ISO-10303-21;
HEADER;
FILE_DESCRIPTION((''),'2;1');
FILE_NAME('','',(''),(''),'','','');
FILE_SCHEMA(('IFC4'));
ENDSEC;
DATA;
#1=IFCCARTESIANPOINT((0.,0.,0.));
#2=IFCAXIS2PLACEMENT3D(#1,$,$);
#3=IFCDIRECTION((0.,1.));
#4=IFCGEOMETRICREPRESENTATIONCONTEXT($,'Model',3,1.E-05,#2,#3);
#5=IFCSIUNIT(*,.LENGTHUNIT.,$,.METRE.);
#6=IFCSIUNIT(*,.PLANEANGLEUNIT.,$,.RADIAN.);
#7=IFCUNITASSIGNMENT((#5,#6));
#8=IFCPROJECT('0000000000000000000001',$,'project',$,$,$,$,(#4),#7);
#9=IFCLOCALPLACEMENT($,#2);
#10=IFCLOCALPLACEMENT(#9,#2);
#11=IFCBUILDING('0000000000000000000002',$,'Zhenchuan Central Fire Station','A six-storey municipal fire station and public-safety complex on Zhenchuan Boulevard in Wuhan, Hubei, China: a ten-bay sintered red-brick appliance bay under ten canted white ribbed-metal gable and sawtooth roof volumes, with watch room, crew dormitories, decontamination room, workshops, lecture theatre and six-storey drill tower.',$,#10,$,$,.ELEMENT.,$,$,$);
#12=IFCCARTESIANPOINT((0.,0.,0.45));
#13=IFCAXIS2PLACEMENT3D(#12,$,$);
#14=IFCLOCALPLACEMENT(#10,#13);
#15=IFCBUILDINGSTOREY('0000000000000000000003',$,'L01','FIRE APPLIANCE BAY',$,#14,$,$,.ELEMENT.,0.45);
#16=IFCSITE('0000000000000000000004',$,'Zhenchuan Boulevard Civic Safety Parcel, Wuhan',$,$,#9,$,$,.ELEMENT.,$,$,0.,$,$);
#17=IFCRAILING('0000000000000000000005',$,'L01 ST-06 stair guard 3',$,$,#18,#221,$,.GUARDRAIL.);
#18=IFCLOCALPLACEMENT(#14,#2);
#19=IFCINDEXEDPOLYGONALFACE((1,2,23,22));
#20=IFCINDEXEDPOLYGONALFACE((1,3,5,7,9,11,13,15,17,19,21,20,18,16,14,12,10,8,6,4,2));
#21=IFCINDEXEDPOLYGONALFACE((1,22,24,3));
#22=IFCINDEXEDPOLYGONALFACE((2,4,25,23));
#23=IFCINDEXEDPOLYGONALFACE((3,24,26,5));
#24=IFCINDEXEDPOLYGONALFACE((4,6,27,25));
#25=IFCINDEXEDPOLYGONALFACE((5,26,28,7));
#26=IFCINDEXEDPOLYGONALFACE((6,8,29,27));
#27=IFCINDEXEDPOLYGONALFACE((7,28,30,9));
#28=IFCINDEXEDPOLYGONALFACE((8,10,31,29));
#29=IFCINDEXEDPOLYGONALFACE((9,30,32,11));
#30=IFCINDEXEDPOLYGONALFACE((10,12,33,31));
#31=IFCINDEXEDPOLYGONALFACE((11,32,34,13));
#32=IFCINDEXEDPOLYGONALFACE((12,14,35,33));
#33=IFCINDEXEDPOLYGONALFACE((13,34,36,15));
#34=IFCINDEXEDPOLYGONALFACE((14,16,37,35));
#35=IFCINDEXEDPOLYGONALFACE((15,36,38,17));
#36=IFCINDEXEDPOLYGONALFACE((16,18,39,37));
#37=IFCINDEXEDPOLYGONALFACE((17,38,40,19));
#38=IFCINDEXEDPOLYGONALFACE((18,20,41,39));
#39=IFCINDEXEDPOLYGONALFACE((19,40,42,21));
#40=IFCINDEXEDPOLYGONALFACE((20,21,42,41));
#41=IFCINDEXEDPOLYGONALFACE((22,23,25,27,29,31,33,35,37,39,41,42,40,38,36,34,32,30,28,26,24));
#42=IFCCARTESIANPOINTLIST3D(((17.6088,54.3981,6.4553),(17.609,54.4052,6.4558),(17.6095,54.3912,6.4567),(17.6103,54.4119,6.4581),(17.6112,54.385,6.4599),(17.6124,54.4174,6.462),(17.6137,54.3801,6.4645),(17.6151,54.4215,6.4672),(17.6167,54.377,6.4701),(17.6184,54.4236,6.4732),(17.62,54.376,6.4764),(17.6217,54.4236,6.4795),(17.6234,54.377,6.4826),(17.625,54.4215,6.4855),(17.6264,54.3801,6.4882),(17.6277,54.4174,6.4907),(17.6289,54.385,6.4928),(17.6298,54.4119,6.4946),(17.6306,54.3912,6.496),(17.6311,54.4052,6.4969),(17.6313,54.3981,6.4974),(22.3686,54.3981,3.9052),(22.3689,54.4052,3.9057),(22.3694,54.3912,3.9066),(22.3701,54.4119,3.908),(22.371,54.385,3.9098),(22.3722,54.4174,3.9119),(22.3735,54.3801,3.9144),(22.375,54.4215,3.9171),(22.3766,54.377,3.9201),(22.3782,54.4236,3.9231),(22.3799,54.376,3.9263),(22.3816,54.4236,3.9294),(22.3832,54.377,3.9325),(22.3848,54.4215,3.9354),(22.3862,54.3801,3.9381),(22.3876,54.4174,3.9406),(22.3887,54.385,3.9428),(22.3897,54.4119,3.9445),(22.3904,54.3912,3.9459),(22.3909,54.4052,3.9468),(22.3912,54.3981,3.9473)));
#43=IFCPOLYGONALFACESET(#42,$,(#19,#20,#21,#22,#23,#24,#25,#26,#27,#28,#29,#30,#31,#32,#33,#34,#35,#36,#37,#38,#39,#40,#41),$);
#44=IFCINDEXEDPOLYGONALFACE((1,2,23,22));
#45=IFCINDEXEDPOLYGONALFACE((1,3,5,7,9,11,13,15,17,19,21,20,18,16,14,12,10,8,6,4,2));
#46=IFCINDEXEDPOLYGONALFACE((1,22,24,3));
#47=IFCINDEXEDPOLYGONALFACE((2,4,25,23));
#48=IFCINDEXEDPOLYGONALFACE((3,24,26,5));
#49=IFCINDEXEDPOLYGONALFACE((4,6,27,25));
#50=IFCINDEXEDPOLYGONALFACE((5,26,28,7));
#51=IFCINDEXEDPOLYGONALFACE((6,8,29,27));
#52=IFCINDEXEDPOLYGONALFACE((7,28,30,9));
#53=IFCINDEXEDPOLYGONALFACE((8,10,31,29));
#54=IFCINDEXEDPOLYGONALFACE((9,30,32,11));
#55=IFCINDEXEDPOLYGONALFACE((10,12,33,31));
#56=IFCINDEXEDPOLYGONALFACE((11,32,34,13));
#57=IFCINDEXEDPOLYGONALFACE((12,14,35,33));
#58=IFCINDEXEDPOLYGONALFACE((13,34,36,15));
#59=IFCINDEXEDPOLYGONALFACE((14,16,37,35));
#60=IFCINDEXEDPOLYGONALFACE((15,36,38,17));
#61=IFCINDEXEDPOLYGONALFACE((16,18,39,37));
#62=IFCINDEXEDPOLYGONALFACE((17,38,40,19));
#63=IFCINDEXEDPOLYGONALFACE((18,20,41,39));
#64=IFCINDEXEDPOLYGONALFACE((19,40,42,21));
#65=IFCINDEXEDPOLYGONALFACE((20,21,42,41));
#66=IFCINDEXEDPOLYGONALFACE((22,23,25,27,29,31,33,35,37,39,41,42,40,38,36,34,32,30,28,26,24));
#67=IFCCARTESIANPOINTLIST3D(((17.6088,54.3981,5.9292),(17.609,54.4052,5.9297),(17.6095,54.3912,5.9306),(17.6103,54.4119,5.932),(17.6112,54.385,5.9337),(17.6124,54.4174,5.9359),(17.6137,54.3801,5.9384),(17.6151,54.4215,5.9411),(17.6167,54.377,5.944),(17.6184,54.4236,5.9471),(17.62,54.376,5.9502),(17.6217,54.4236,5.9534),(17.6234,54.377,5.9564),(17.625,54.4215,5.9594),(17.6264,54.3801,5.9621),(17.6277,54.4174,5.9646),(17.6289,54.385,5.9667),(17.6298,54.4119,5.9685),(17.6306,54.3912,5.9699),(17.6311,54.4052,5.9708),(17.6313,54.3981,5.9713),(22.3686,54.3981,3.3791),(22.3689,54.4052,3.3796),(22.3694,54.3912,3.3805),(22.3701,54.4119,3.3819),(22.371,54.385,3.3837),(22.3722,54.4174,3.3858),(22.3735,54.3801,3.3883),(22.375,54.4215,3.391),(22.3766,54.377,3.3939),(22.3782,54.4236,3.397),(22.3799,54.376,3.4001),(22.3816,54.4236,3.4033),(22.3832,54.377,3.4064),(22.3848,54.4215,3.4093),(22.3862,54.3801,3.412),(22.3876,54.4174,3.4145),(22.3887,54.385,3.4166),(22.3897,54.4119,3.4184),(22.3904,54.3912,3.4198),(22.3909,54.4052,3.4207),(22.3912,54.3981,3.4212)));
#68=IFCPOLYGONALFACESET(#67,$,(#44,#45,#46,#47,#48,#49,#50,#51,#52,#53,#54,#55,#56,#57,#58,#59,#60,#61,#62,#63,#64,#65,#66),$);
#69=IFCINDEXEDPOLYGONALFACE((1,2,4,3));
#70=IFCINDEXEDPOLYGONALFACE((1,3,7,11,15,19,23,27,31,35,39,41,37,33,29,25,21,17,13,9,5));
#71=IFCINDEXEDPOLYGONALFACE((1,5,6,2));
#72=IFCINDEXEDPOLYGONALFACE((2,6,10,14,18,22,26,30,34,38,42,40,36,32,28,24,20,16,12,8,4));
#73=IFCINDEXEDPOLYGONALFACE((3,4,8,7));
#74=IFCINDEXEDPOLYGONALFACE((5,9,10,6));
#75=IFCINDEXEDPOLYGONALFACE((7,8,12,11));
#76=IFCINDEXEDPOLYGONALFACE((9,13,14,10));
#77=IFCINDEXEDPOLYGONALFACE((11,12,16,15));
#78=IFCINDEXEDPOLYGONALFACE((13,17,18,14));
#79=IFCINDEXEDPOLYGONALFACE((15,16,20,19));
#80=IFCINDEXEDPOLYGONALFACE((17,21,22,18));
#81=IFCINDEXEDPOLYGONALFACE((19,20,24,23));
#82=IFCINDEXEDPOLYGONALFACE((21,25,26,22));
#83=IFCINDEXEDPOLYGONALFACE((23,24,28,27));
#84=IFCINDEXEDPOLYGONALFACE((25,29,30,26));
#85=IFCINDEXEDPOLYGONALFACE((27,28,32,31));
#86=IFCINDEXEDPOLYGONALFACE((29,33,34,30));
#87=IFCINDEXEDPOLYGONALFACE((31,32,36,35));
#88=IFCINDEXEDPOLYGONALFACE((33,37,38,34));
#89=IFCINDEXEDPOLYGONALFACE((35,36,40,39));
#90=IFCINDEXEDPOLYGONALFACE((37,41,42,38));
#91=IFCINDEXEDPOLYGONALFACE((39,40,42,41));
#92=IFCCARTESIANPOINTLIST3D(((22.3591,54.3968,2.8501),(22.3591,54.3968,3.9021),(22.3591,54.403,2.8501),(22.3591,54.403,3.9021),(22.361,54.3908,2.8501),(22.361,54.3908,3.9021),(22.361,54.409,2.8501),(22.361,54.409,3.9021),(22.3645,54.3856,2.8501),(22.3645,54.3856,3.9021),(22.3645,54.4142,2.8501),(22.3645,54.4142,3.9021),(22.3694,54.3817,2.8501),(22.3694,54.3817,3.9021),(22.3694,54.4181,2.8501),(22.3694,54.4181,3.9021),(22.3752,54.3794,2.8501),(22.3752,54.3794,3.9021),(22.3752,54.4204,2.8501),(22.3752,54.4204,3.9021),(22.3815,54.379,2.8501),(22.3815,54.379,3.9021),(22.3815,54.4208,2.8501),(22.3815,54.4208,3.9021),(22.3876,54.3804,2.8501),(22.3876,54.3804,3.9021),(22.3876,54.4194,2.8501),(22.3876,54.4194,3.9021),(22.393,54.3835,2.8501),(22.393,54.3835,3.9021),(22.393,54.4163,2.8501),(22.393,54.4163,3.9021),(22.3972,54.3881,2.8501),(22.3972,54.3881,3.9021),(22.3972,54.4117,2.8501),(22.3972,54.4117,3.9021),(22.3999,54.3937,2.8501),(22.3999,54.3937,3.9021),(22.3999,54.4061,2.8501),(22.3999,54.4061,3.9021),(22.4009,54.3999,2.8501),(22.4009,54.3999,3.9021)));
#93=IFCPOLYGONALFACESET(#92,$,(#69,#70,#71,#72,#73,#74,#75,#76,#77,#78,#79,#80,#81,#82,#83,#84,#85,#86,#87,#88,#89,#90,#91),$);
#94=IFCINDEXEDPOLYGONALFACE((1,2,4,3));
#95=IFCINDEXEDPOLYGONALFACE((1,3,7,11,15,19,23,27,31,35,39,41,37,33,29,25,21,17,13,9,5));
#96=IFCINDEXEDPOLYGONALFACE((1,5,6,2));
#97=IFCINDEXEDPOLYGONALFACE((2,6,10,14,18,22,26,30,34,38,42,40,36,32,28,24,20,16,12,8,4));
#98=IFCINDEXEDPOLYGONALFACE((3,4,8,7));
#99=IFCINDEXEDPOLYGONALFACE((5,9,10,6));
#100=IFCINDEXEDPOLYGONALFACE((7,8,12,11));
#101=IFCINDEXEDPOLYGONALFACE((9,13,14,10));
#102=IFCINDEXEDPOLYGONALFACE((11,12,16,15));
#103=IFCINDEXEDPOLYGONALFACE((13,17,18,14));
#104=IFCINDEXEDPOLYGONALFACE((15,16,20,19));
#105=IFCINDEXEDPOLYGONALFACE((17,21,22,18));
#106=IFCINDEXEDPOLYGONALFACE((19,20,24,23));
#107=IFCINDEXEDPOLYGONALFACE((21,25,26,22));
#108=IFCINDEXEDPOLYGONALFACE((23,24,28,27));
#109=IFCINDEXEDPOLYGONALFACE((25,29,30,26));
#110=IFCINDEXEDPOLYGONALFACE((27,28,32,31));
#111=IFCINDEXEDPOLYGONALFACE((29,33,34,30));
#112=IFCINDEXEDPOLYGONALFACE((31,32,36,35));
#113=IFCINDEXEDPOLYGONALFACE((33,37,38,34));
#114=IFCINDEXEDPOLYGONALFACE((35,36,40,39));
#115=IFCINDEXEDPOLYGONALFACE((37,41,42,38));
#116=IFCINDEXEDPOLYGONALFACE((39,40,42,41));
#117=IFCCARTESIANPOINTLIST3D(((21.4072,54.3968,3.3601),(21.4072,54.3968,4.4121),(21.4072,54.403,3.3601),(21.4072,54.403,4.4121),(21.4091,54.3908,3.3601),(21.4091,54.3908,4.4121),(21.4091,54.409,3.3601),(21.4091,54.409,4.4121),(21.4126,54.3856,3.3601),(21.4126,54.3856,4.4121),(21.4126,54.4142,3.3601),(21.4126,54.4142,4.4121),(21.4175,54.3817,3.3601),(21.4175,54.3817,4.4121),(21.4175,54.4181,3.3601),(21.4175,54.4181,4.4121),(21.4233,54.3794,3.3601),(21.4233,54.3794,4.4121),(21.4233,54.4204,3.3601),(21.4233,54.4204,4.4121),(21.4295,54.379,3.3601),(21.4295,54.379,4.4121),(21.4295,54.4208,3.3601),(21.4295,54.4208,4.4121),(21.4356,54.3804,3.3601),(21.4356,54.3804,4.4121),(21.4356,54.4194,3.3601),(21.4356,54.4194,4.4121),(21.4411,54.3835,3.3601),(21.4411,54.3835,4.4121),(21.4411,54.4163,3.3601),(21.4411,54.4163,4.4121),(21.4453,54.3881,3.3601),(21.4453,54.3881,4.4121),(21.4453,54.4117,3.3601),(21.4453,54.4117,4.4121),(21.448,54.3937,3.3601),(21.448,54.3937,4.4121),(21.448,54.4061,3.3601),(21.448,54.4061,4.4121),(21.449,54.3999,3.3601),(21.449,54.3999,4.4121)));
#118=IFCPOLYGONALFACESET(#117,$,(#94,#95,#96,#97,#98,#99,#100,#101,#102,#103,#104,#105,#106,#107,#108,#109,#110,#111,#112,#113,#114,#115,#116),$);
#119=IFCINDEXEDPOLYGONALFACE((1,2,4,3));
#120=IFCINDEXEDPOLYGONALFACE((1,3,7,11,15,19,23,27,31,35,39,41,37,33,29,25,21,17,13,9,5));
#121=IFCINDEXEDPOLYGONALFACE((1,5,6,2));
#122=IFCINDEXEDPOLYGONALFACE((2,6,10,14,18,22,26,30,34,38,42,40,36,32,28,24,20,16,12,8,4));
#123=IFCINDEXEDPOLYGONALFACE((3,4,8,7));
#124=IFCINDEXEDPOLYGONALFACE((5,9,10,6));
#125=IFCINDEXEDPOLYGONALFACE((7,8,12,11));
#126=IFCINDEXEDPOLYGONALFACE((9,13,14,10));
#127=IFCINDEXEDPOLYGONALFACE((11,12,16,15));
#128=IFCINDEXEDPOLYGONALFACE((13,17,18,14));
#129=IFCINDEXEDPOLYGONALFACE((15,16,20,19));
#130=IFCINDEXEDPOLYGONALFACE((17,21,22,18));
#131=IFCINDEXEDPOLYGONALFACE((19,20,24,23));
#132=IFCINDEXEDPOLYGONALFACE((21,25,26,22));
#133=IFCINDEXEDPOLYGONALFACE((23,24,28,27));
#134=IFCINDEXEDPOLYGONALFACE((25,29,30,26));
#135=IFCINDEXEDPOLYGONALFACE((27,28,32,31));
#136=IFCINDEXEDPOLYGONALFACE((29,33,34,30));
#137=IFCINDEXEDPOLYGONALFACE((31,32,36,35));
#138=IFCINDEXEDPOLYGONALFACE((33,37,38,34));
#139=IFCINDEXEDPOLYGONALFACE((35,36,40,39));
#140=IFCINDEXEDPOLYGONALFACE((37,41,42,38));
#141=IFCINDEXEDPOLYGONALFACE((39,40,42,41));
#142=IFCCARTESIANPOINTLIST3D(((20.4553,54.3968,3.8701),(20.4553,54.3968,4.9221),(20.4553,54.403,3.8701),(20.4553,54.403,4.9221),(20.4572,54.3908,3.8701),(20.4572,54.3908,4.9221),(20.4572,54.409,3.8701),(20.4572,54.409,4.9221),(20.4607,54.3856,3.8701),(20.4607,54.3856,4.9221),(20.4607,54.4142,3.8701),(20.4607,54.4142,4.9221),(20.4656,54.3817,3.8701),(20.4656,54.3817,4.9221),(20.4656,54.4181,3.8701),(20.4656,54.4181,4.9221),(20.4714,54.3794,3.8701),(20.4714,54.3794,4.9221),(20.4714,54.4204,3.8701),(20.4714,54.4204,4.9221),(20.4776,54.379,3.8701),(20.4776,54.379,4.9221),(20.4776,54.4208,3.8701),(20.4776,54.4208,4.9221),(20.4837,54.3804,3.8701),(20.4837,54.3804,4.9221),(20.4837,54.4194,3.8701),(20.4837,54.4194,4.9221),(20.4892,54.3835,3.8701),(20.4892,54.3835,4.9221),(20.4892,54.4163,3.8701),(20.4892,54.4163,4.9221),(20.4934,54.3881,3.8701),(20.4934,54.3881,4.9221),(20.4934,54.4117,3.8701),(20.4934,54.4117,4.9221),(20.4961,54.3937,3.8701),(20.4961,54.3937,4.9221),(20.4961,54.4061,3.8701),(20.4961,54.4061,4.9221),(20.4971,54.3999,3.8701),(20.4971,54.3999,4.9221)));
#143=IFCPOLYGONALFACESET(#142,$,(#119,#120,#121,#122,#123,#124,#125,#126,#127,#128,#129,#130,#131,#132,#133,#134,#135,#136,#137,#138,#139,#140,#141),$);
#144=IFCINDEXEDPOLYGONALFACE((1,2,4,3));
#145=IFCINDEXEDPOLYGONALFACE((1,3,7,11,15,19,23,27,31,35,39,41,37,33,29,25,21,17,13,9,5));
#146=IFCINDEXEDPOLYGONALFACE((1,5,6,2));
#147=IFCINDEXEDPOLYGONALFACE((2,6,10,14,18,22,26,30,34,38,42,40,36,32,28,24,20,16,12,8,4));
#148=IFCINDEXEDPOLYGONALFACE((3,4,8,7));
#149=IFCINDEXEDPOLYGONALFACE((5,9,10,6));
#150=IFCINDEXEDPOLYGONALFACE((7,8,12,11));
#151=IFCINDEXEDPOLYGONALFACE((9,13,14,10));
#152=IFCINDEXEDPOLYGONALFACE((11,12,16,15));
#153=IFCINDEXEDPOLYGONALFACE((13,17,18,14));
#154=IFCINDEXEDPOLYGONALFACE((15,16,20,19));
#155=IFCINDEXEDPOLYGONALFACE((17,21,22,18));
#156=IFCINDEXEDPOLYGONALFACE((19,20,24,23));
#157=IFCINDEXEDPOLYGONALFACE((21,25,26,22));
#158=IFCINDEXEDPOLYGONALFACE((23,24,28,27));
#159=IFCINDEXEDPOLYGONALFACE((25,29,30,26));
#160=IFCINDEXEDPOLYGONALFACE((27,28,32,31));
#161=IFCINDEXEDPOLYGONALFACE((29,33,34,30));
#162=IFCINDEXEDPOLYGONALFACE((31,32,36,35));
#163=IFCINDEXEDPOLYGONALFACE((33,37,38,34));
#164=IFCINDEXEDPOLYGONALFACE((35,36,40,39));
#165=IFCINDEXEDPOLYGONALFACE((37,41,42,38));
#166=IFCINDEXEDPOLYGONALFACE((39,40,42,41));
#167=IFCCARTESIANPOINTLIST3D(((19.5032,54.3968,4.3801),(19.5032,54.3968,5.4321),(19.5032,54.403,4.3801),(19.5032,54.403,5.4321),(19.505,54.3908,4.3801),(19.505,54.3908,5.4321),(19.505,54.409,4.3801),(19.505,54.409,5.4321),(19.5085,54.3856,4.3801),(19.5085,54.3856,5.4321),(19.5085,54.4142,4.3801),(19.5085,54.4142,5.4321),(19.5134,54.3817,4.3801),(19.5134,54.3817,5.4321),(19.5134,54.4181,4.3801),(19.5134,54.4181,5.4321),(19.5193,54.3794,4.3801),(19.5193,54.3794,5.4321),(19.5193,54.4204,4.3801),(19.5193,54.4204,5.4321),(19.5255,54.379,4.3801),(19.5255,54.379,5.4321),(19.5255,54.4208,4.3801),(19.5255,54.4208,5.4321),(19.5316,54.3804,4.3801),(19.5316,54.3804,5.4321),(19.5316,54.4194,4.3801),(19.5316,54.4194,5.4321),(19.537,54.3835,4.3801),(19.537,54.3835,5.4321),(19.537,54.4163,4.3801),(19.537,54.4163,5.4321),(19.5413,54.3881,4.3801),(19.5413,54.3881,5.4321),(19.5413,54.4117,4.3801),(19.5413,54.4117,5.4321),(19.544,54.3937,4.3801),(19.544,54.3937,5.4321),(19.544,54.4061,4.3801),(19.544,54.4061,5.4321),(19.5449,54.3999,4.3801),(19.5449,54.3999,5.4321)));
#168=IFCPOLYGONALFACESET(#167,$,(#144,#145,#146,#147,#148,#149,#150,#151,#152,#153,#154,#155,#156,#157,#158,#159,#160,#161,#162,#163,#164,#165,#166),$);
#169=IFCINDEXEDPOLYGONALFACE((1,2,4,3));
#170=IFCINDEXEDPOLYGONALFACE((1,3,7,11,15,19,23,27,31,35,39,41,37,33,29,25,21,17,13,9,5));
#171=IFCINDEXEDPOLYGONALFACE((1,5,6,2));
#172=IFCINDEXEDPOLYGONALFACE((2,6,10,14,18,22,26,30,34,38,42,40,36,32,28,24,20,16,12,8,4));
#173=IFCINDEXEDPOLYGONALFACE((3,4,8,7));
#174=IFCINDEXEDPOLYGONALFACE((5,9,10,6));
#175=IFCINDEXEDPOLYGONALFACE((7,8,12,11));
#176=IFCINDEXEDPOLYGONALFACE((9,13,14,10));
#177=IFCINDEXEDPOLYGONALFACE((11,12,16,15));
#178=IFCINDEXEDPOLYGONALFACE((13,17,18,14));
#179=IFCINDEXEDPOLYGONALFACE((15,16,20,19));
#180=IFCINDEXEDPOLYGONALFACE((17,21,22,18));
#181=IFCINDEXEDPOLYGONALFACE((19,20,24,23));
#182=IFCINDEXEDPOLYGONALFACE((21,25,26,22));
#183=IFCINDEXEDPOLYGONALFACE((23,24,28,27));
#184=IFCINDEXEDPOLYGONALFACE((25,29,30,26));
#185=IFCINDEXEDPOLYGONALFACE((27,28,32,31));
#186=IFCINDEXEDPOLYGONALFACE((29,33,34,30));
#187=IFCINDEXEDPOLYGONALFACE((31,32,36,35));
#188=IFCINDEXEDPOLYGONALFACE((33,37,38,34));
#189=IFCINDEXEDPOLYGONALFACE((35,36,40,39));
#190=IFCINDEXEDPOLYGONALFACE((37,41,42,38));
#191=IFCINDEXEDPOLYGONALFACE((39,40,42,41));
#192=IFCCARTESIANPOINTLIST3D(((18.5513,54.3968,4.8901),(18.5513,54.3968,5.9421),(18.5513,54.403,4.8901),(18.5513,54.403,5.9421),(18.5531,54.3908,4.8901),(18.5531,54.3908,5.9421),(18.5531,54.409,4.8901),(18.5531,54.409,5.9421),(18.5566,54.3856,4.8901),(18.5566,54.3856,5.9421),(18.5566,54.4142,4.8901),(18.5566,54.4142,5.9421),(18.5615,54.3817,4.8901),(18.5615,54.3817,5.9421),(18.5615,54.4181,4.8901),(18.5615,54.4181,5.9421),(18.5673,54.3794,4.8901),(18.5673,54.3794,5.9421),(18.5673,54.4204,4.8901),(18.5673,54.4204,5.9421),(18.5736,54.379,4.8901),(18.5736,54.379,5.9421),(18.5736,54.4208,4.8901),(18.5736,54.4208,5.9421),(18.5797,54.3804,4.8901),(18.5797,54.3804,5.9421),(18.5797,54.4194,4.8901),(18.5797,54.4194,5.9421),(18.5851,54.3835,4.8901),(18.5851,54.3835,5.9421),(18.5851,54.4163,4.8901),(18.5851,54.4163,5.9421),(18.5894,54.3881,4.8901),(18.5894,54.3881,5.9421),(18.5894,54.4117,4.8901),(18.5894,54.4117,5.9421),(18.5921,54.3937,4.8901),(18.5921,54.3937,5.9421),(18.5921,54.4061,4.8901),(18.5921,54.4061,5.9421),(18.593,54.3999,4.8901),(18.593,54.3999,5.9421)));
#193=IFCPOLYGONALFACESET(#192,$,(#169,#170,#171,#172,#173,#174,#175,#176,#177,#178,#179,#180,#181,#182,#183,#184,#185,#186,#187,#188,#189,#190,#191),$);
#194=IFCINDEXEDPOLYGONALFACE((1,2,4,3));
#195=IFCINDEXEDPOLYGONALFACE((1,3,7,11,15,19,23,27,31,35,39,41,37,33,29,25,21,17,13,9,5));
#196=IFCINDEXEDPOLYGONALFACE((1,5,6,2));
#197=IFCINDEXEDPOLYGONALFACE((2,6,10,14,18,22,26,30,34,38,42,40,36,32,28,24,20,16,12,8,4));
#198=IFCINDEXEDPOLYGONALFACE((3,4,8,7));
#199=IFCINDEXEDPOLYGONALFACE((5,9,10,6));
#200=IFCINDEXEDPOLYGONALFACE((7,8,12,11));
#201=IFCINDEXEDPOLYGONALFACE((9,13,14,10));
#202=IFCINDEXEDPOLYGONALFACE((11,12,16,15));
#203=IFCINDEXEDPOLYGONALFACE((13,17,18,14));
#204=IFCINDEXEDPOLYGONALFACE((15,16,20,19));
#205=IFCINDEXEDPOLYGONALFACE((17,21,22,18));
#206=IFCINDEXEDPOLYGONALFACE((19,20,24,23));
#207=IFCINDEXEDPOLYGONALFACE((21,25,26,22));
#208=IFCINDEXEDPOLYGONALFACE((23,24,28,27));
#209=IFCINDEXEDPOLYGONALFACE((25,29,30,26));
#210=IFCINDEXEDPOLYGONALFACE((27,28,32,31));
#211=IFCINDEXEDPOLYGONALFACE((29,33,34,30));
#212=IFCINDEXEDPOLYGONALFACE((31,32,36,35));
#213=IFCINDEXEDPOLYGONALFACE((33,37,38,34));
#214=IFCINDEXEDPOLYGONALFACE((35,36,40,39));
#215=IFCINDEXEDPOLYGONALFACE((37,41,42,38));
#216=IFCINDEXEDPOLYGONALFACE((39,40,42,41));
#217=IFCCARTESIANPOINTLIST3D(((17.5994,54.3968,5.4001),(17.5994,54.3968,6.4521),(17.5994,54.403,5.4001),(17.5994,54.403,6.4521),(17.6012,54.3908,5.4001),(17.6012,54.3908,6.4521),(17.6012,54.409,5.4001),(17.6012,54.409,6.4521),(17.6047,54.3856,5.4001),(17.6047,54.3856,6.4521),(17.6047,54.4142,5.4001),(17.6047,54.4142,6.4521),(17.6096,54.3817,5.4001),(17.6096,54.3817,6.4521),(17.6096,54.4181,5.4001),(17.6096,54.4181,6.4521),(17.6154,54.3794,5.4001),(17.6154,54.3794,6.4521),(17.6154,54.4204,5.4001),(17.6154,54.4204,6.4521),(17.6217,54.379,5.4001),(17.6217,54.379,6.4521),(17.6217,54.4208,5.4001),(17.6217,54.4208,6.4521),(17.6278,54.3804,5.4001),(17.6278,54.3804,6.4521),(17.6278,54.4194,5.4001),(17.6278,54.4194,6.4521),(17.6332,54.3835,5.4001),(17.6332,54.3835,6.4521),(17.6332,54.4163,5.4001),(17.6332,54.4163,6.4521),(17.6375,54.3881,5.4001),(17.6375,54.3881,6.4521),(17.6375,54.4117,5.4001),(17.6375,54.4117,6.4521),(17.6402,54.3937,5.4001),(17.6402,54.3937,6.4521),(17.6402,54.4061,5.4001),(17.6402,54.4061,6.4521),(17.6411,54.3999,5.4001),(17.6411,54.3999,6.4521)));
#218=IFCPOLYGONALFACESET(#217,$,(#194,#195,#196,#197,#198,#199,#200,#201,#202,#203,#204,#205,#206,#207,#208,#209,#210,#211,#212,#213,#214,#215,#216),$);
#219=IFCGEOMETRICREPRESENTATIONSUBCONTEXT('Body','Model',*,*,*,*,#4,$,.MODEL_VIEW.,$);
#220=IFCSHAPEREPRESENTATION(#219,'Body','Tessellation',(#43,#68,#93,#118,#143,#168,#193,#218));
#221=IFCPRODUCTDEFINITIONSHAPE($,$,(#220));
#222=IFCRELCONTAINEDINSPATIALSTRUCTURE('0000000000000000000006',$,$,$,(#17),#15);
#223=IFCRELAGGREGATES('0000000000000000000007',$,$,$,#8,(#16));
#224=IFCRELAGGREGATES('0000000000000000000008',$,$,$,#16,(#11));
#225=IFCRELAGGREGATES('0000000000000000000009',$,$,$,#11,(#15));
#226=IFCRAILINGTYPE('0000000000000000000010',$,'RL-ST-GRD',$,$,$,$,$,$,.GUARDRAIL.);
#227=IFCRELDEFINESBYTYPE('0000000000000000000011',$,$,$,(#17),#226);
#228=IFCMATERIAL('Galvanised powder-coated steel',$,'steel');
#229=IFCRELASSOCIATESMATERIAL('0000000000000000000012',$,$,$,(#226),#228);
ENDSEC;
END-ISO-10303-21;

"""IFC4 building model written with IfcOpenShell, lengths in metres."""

from ifc_helpers import new_model, si_unit, direction, frame, origin, origin_2d, place, context, subcontext, project, spatial, circle, extrude, material, type_object, element, save


model = new_model("IFC4")

# Units and contexts
model_context = context("Model", 3, precision=1e-05, world=origin(), true_north=direction((0.0, 1.0)))
body_context = subcontext(model_context, "Body", "Model", "MODEL_VIEW")
ifc_project = project(units=[si_unit("LENGTHUNIT", "METRE"), si_unit("PLANEANGLEUNIT", "RADIAN")], contexts=[model_context])

# Site, building, storey
site_placement = place(None, origin())
site = spatial("IfcSite", under=ifc_project, at=site_placement, Name="Zhenchuan Boulevard Civic Safety Parcel, Wuhan", CompositionType="ELEMENT", RefElevation=0.0)
building_placement = place(site_placement, origin())
building = spatial("IfcBuilding", under=site, at=building_placement, Name="Zhenchuan Central Fire Station", Description="A six-storey municipal fire station and public-safety complex on Zhenchuan Boulevard in Wuhan, Hubei, China: a ten-bay sintered red-brick appliance bay under ten canted white ribbed-metal gable and sawtooth roof volumes, with watch room, crew dormitories, decontamination room, workshops, lecture theatre and six-storey drill tower.", CompositionType="ELEMENT")
storey_placement = place(building_placement, frame((0.0, 0.0, 0.45)))
storey = spatial("IfcBuildingStorey", under=building, at=storey_placement, Name="L01", Description="FIRE APPLIANCE BAY", CompositionType="ELEMENT", Elevation=0.45)

# Railing
ifc_material_1 = material(Name="Galvanised powder-coated steel", Category="steel")
railing_type_1 = type_object("IfcRailingType", Name="RL-ST-GRD", PredefinedType="GUARDRAIL", material=ifc_material_1)
railing_1_placement = place(storey_placement, frame((22.3799, 54.3999, 2.8501)))
element("IfcRailing", 1, at=railing_1_placement, inside=storey, type_object=railing_type_1, Name="L01 ST-06 stair guard 3", PredefinedType="GUARDRAIL", context=body_context, shape_type="SweptSolid", body=[
    extrude(circle(Radius=0.0239, at=origin_2d()), frame((0.0, 0.0, 1.0762), z_axis=(-0.881467, 0.0, 0.472247), x_axis=(0.0, -1.0, 0.0)), (0.0, 0.0, 1.0), 5.3999),
    extrude(circle(Radius=0.0239, at=origin_2d()), frame((0.0, 0.0, 0.55), z_axis=(-0.881467, 0.0, 0.472247), x_axis=(0.0, -1.0, 0.0)), (0.0, 0.0, 1.0), 5.3999),
    extrude(circle(Radius=0.021, at=origin_2d()), origin(), (0.0, 0.0, 1.0), 1.052),
    extrude(circle(Radius=0.021, at=origin_2d()), frame((-0.9519, 0.0, 0.51)), (0.0, 0.0, 1.0), 1.052),
    extrude(circle(Radius=0.021, at=origin_2d()), frame((-1.9038, 0.0, 1.02)), (0.0, 0.0, 1.0), 1.052),
    extrude(circle(Radius=0.021, at=origin_2d()), frame((-2.856, 0.0, 1.53)), (0.0, 0.0, 1.0), 1.052),
    extrude(circle(Radius=0.021, at=origin_2d()), frame((-3.8079, 0.0, 2.04)), (0.0, 0.0, 1.0), 1.052),
    extrude(circle(Radius=0.021, at=origin_2d()), frame((-4.7598, 0.0, 2.55)), (0.0, 0.0, 1.0), 1.052),
])

save(model, "model.ifc")
